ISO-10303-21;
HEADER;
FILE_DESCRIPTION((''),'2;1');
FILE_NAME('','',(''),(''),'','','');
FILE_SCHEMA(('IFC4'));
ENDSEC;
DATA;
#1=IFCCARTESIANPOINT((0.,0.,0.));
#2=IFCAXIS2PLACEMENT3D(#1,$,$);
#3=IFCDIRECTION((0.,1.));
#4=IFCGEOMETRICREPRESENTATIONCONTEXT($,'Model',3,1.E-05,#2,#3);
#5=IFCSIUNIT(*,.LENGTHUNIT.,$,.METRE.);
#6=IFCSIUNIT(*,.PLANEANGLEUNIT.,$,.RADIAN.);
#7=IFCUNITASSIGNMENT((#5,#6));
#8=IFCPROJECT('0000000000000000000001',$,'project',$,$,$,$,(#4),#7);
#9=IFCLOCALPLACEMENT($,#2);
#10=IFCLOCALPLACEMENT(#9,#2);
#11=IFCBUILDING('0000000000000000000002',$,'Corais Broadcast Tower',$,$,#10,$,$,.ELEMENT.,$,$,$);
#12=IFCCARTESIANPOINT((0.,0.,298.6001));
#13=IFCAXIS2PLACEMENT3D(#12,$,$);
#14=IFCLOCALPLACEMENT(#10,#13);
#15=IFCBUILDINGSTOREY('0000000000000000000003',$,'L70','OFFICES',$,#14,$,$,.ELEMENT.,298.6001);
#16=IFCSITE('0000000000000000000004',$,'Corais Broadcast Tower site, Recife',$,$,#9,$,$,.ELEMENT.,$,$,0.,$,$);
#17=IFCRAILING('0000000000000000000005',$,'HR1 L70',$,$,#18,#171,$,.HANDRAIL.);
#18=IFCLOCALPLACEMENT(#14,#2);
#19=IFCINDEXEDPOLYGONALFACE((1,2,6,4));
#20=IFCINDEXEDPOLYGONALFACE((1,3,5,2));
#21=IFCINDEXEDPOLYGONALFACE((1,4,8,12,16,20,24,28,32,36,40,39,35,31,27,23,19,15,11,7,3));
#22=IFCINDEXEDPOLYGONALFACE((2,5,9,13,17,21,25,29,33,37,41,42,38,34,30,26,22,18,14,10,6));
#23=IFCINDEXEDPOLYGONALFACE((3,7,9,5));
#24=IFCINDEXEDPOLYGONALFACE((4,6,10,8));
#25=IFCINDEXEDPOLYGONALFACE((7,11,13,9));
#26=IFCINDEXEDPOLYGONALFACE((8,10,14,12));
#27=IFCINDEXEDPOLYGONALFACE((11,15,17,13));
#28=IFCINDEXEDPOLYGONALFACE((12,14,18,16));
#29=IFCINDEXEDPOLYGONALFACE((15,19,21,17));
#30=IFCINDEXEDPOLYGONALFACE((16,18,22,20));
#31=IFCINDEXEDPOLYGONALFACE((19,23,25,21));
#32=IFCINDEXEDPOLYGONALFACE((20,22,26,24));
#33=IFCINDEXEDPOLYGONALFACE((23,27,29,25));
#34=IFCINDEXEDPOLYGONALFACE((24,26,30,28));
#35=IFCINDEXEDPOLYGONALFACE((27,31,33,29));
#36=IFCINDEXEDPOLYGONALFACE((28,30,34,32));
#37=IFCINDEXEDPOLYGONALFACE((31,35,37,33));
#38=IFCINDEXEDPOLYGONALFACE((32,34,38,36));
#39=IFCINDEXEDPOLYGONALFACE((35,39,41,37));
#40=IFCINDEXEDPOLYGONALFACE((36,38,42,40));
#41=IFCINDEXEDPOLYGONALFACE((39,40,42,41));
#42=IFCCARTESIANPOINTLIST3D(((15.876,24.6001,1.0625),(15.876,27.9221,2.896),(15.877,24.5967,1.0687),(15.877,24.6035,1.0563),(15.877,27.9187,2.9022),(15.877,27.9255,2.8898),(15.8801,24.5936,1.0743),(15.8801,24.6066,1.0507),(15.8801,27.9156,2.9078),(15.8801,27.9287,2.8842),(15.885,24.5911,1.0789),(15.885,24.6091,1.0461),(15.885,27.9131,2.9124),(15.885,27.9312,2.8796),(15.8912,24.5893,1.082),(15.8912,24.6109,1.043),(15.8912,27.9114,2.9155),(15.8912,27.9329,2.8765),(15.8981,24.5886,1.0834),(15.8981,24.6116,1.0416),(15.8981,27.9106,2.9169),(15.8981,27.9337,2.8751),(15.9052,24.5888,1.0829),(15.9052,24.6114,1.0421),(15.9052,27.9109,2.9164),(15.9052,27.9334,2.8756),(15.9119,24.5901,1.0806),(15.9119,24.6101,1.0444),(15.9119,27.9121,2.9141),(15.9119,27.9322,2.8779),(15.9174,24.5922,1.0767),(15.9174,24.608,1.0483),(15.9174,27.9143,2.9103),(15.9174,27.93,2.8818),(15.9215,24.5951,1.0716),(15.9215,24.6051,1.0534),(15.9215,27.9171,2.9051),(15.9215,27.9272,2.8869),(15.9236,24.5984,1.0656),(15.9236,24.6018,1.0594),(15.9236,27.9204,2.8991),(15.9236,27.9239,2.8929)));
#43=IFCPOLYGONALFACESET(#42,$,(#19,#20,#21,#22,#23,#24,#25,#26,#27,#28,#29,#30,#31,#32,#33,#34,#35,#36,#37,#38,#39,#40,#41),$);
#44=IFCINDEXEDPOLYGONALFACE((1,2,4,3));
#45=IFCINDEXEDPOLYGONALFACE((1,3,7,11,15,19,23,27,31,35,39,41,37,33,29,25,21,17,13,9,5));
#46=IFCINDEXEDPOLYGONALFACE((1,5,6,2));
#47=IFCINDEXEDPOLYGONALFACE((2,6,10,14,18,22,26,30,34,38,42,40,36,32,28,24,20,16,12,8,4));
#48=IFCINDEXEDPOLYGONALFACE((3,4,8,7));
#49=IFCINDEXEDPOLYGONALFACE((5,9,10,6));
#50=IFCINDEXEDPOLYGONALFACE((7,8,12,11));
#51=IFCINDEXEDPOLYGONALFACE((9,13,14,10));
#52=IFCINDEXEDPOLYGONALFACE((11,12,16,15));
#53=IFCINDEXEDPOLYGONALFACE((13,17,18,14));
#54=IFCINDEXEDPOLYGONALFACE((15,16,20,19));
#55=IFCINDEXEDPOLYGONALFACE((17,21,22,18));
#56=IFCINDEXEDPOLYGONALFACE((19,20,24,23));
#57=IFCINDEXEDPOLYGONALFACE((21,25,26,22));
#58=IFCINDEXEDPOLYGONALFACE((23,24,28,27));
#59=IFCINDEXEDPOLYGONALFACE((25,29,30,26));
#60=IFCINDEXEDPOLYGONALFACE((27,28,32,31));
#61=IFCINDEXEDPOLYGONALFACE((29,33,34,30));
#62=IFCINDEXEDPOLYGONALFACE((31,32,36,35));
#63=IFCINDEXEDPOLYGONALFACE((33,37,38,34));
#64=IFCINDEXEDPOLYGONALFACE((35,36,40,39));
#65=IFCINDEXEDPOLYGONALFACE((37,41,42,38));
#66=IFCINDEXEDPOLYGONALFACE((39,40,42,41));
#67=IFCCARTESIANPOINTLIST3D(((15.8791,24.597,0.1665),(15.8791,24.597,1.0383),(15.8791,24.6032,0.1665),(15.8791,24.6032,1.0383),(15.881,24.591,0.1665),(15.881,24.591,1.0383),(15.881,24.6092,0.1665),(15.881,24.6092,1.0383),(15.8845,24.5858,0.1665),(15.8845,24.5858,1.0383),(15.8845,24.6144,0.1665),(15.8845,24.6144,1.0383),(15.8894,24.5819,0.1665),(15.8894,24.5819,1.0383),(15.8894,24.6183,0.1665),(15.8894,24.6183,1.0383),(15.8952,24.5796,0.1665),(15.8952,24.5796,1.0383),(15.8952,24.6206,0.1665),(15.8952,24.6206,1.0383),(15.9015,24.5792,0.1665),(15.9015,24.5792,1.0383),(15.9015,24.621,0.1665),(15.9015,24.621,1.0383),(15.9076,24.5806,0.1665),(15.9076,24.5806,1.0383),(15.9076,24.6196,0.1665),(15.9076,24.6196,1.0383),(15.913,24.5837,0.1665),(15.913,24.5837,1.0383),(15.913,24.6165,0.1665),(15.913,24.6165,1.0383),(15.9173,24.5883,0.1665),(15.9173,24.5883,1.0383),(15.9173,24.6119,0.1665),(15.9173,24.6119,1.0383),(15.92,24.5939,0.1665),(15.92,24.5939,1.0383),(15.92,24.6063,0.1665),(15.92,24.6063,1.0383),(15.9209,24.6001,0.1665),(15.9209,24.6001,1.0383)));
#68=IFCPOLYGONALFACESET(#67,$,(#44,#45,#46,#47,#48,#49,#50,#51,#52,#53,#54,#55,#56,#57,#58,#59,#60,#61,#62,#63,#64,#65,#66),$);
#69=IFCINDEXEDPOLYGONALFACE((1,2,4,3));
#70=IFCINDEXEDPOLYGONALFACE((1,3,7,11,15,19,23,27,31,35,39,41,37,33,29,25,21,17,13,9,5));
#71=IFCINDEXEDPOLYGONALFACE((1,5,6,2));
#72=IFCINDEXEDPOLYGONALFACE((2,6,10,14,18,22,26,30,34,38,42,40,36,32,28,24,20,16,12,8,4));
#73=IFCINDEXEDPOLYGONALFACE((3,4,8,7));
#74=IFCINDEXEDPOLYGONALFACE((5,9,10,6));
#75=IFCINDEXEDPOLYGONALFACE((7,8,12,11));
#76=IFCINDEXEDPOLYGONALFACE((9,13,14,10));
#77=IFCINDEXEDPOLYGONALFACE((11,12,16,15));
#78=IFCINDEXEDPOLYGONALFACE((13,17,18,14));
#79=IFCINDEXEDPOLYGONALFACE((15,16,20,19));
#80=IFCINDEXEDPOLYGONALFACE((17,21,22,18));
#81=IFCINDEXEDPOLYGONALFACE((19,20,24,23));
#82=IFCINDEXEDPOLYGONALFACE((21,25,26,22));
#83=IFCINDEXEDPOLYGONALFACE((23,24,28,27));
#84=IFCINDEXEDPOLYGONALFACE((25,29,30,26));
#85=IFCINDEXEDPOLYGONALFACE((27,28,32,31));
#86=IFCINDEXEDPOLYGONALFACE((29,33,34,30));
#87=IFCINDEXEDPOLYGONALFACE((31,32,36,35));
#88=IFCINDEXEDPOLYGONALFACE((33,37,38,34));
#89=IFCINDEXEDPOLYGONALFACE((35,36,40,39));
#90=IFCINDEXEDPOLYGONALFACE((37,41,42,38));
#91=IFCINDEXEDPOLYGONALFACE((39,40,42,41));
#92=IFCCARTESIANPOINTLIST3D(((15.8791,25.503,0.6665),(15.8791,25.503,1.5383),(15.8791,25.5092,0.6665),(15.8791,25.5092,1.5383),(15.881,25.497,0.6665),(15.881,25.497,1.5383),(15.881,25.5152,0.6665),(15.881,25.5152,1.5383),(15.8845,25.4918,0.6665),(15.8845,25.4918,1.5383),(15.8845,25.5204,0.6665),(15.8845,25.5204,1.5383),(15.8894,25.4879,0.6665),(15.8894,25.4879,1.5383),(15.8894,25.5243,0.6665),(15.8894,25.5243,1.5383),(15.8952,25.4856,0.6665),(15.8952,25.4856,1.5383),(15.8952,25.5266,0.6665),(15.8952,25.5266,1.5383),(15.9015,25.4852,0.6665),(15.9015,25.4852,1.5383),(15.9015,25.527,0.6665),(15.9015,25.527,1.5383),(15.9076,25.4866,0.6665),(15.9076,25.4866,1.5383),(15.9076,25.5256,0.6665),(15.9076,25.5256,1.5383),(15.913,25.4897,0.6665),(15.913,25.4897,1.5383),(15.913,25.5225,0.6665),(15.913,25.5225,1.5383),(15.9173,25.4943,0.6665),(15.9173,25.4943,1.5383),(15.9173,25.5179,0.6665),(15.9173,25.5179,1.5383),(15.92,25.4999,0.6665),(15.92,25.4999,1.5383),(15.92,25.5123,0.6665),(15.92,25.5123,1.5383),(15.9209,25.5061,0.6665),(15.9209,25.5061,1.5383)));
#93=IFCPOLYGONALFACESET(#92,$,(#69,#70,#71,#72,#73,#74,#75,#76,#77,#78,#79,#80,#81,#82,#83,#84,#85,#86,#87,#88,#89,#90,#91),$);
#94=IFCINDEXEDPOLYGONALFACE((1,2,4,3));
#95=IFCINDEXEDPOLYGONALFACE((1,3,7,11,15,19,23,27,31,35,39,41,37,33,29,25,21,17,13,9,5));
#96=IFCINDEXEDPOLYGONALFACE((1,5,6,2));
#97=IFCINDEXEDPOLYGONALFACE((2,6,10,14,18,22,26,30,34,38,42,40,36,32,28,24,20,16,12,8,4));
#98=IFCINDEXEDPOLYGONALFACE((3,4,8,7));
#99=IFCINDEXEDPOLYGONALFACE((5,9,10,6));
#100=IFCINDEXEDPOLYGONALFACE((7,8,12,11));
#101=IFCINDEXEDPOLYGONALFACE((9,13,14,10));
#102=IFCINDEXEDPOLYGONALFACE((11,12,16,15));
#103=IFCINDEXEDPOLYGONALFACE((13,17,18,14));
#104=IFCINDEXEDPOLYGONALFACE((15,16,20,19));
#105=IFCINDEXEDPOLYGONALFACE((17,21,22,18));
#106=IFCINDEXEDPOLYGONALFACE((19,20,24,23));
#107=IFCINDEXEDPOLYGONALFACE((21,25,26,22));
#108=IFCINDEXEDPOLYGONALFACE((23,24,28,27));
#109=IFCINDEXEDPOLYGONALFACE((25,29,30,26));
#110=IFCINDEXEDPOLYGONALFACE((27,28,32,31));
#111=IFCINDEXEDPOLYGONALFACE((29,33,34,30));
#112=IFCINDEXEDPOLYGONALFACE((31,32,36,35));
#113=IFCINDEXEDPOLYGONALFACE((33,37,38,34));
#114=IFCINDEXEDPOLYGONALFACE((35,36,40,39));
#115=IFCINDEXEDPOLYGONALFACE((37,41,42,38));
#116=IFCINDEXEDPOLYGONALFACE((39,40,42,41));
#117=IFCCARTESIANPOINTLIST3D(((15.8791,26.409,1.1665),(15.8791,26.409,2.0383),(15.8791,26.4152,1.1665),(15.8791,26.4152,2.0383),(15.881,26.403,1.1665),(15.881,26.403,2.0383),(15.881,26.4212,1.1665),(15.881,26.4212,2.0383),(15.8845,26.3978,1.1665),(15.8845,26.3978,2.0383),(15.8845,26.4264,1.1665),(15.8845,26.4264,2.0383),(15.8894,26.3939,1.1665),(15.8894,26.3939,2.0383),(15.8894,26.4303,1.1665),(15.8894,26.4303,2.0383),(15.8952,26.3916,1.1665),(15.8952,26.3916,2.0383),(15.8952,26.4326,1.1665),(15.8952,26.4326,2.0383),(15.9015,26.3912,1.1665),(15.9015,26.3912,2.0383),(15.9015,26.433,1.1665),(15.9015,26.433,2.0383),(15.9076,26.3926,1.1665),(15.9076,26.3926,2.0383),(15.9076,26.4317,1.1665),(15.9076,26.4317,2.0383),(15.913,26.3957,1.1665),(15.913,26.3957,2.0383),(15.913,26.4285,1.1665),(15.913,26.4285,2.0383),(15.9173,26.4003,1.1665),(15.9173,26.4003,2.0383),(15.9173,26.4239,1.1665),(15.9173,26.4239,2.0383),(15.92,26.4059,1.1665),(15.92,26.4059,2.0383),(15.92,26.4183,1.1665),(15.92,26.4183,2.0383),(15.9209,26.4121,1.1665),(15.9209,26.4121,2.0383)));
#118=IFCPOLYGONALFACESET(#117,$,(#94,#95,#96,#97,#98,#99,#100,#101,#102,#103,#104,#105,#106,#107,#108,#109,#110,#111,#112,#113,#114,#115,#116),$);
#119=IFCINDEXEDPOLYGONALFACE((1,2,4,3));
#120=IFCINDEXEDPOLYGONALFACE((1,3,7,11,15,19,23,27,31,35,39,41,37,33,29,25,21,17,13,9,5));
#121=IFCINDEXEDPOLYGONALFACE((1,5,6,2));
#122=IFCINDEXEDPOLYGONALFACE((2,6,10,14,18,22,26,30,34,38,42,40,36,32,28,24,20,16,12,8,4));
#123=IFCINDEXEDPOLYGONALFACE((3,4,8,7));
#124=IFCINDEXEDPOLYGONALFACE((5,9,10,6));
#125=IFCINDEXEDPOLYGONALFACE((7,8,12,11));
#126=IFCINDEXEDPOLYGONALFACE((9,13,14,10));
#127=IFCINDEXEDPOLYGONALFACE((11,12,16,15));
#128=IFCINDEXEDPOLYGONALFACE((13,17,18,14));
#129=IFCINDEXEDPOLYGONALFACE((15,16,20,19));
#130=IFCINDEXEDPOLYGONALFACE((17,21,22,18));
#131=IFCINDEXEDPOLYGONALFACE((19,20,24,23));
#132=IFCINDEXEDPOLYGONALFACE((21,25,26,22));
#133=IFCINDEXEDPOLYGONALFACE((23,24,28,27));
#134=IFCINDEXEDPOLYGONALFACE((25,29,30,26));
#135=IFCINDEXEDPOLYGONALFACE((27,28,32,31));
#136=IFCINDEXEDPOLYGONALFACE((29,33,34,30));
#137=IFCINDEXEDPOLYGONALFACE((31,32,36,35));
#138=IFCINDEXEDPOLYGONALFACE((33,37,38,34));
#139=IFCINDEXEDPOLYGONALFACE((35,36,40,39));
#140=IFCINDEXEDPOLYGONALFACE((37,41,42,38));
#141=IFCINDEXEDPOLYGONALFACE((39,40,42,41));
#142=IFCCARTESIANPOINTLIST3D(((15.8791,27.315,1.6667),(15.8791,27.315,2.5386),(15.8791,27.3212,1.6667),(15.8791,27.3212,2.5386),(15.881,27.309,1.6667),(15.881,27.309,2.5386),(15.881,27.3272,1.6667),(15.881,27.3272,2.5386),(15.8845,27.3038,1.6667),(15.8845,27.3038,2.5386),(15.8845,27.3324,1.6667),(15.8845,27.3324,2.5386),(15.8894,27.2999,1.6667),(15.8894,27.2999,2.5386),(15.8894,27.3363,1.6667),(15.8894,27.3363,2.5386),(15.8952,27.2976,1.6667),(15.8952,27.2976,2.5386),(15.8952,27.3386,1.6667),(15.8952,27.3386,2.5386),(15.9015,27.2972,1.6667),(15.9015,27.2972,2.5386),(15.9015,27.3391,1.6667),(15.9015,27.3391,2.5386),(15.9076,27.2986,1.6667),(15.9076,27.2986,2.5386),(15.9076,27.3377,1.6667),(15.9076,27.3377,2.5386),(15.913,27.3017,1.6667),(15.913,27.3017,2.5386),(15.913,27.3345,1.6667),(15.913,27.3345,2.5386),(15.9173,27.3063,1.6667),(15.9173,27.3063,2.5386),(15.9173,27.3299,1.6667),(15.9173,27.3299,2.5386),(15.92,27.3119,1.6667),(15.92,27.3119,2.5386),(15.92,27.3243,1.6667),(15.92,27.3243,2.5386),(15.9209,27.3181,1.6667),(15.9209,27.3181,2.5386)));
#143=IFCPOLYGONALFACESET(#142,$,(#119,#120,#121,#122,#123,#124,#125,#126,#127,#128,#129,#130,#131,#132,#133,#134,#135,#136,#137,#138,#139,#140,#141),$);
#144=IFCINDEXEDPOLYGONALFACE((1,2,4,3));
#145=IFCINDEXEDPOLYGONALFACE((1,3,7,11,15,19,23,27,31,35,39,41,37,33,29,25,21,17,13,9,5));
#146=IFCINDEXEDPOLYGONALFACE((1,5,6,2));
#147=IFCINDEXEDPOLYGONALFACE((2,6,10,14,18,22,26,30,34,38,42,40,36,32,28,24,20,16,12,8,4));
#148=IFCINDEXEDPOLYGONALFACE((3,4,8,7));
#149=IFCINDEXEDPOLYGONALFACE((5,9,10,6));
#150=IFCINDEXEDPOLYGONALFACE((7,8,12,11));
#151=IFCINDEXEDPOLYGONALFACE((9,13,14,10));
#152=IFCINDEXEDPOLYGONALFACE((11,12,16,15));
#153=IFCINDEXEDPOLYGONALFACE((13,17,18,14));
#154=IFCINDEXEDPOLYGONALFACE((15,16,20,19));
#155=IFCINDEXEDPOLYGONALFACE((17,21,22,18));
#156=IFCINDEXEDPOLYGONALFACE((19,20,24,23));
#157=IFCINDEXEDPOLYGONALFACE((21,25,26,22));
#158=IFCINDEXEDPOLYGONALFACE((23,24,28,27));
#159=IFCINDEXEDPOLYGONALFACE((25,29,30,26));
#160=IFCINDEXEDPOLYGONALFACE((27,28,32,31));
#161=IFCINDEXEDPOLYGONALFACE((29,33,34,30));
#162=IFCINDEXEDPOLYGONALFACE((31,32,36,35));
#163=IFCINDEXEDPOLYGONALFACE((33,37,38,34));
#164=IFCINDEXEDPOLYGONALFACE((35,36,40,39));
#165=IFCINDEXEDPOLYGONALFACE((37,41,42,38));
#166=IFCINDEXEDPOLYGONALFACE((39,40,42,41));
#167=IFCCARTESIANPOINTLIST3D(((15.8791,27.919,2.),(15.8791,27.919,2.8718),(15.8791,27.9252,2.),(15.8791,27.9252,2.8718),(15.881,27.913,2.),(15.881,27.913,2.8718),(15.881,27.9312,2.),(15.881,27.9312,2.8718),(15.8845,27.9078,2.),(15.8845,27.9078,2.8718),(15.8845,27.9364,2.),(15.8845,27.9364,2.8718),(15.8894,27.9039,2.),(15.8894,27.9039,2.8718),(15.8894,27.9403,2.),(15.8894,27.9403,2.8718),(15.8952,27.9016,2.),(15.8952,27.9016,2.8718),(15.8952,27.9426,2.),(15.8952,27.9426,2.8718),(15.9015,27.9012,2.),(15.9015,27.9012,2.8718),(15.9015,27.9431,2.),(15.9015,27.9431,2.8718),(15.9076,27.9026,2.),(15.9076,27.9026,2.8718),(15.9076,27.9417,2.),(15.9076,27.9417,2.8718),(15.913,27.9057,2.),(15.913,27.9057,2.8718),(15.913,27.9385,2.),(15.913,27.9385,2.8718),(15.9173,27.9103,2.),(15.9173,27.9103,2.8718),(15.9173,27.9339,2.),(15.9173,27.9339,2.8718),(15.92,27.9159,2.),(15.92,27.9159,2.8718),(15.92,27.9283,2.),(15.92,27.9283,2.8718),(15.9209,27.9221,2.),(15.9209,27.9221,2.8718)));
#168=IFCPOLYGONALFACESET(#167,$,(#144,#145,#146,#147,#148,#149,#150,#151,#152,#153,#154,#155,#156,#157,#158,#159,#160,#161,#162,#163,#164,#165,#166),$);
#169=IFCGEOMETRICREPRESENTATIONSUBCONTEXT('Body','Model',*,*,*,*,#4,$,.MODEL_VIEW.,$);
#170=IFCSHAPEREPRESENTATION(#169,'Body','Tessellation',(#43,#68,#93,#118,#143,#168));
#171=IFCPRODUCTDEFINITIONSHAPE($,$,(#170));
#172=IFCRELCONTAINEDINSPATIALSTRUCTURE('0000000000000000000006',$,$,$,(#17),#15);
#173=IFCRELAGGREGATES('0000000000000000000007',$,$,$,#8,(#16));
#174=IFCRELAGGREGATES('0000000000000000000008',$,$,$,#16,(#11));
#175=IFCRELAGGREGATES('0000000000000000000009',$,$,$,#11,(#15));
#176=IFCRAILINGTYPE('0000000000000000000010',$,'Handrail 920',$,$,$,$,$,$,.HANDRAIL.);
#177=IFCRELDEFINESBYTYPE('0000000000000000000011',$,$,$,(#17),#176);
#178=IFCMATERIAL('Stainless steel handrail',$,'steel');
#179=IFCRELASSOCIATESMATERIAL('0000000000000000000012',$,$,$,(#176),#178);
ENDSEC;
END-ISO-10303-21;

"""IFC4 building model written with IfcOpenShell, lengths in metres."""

from ifc_helpers import new_model, si_unit, direction, frame, origin, origin_2d, place, context, subcontext, project, spatial, circle, extrude, material, type_object, element, save


model = new_model("IFC4")

# Units and contexts
model_context = context("Model", 3, precision=1e-05, world=origin(), true_north=direction((0.0, 1.0)))
body_context = subcontext(model_context, "Body", "Model", "MODEL_VIEW")
ifc_project = project(units=[si_unit("LENGTHUNIT", "METRE"), si_unit("PLANEANGLEUNIT", "RADIAN")], contexts=[model_context])

# Site, building, storey
site_placement = place(None, origin())
site = spatial("IfcSite", under=ifc_project, at=site_placement, Name="Corais Broadcast Tower site, Recife", CompositionType="ELEMENT", RefElevation=0.0)
building_placement = place(site_placement, origin())
building = spatial("IfcBuilding", under=site, at=building_placement, Name="Corais Broadcast Tower", CompositionType="ELEMENT")
storey_placement = place(building_placement, frame((0.0, 0.0, 298.6001)))
storey = spatial("IfcBuildingStorey", under=building, at=storey_placement, Name="L70", Description="OFFICES", CompositionType="ELEMENT", Elevation=298.6001)

# Railing
ifc_material_1 = material(Name="Stainless steel handrail", Category="steel")
railing_type = type_object("IfcRailingType", Name="Handrail 920", PredefinedType="HANDRAIL", material=ifc_material_1)
for number, where, name in (
    (1, (15.8999, 24.6001, 0.1665), "HR1 L70"),
):
    element("IfcRailing", number, at=place(storey_placement, frame(where)), inside=storey, type_object=railing_type, Name=name, PredefinedType="HANDRAIL", context=body_context, shape_type="SweptSolid", body=[
        extrude(circle(Radius=0.0239, at=origin_2d()), frame((0.0, 0.0, 0.896), z_axis=(0.0, 0.875504, 0.48321), x_axis=(-1.0, 0.0, 0.0)), (0.0, 0.0, 1.0), 3.7944),
        extrude(circle(Radius=0.021, at=origin_2d()), origin(), (0.0, 0.0, 1.0), 0.8718),
        extrude(circle(Radius=0.021, at=origin_2d()), frame((0.0, 0.906, 0.5)), (0.0, 0.0, 1.0), 0.8718),
        extrude(circle(Radius=0.021, at=origin_2d()), frame((0.0, 1.812, 1.0)), (0.0, 0.0, 1.0), 0.8718),
        extrude(circle(Radius=0.021, at=origin_2d()), frame((0.0, 2.718, 1.5002)), (0.0, 0.0, 1.0), 0.8718),
        extrude(circle(Radius=0.021, at=origin_2d()), frame((0.0, 3.322, 1.8335)), (0.0, 0.0, 1.0), 0.8718),
    ])

save(model, "model.ifc")
